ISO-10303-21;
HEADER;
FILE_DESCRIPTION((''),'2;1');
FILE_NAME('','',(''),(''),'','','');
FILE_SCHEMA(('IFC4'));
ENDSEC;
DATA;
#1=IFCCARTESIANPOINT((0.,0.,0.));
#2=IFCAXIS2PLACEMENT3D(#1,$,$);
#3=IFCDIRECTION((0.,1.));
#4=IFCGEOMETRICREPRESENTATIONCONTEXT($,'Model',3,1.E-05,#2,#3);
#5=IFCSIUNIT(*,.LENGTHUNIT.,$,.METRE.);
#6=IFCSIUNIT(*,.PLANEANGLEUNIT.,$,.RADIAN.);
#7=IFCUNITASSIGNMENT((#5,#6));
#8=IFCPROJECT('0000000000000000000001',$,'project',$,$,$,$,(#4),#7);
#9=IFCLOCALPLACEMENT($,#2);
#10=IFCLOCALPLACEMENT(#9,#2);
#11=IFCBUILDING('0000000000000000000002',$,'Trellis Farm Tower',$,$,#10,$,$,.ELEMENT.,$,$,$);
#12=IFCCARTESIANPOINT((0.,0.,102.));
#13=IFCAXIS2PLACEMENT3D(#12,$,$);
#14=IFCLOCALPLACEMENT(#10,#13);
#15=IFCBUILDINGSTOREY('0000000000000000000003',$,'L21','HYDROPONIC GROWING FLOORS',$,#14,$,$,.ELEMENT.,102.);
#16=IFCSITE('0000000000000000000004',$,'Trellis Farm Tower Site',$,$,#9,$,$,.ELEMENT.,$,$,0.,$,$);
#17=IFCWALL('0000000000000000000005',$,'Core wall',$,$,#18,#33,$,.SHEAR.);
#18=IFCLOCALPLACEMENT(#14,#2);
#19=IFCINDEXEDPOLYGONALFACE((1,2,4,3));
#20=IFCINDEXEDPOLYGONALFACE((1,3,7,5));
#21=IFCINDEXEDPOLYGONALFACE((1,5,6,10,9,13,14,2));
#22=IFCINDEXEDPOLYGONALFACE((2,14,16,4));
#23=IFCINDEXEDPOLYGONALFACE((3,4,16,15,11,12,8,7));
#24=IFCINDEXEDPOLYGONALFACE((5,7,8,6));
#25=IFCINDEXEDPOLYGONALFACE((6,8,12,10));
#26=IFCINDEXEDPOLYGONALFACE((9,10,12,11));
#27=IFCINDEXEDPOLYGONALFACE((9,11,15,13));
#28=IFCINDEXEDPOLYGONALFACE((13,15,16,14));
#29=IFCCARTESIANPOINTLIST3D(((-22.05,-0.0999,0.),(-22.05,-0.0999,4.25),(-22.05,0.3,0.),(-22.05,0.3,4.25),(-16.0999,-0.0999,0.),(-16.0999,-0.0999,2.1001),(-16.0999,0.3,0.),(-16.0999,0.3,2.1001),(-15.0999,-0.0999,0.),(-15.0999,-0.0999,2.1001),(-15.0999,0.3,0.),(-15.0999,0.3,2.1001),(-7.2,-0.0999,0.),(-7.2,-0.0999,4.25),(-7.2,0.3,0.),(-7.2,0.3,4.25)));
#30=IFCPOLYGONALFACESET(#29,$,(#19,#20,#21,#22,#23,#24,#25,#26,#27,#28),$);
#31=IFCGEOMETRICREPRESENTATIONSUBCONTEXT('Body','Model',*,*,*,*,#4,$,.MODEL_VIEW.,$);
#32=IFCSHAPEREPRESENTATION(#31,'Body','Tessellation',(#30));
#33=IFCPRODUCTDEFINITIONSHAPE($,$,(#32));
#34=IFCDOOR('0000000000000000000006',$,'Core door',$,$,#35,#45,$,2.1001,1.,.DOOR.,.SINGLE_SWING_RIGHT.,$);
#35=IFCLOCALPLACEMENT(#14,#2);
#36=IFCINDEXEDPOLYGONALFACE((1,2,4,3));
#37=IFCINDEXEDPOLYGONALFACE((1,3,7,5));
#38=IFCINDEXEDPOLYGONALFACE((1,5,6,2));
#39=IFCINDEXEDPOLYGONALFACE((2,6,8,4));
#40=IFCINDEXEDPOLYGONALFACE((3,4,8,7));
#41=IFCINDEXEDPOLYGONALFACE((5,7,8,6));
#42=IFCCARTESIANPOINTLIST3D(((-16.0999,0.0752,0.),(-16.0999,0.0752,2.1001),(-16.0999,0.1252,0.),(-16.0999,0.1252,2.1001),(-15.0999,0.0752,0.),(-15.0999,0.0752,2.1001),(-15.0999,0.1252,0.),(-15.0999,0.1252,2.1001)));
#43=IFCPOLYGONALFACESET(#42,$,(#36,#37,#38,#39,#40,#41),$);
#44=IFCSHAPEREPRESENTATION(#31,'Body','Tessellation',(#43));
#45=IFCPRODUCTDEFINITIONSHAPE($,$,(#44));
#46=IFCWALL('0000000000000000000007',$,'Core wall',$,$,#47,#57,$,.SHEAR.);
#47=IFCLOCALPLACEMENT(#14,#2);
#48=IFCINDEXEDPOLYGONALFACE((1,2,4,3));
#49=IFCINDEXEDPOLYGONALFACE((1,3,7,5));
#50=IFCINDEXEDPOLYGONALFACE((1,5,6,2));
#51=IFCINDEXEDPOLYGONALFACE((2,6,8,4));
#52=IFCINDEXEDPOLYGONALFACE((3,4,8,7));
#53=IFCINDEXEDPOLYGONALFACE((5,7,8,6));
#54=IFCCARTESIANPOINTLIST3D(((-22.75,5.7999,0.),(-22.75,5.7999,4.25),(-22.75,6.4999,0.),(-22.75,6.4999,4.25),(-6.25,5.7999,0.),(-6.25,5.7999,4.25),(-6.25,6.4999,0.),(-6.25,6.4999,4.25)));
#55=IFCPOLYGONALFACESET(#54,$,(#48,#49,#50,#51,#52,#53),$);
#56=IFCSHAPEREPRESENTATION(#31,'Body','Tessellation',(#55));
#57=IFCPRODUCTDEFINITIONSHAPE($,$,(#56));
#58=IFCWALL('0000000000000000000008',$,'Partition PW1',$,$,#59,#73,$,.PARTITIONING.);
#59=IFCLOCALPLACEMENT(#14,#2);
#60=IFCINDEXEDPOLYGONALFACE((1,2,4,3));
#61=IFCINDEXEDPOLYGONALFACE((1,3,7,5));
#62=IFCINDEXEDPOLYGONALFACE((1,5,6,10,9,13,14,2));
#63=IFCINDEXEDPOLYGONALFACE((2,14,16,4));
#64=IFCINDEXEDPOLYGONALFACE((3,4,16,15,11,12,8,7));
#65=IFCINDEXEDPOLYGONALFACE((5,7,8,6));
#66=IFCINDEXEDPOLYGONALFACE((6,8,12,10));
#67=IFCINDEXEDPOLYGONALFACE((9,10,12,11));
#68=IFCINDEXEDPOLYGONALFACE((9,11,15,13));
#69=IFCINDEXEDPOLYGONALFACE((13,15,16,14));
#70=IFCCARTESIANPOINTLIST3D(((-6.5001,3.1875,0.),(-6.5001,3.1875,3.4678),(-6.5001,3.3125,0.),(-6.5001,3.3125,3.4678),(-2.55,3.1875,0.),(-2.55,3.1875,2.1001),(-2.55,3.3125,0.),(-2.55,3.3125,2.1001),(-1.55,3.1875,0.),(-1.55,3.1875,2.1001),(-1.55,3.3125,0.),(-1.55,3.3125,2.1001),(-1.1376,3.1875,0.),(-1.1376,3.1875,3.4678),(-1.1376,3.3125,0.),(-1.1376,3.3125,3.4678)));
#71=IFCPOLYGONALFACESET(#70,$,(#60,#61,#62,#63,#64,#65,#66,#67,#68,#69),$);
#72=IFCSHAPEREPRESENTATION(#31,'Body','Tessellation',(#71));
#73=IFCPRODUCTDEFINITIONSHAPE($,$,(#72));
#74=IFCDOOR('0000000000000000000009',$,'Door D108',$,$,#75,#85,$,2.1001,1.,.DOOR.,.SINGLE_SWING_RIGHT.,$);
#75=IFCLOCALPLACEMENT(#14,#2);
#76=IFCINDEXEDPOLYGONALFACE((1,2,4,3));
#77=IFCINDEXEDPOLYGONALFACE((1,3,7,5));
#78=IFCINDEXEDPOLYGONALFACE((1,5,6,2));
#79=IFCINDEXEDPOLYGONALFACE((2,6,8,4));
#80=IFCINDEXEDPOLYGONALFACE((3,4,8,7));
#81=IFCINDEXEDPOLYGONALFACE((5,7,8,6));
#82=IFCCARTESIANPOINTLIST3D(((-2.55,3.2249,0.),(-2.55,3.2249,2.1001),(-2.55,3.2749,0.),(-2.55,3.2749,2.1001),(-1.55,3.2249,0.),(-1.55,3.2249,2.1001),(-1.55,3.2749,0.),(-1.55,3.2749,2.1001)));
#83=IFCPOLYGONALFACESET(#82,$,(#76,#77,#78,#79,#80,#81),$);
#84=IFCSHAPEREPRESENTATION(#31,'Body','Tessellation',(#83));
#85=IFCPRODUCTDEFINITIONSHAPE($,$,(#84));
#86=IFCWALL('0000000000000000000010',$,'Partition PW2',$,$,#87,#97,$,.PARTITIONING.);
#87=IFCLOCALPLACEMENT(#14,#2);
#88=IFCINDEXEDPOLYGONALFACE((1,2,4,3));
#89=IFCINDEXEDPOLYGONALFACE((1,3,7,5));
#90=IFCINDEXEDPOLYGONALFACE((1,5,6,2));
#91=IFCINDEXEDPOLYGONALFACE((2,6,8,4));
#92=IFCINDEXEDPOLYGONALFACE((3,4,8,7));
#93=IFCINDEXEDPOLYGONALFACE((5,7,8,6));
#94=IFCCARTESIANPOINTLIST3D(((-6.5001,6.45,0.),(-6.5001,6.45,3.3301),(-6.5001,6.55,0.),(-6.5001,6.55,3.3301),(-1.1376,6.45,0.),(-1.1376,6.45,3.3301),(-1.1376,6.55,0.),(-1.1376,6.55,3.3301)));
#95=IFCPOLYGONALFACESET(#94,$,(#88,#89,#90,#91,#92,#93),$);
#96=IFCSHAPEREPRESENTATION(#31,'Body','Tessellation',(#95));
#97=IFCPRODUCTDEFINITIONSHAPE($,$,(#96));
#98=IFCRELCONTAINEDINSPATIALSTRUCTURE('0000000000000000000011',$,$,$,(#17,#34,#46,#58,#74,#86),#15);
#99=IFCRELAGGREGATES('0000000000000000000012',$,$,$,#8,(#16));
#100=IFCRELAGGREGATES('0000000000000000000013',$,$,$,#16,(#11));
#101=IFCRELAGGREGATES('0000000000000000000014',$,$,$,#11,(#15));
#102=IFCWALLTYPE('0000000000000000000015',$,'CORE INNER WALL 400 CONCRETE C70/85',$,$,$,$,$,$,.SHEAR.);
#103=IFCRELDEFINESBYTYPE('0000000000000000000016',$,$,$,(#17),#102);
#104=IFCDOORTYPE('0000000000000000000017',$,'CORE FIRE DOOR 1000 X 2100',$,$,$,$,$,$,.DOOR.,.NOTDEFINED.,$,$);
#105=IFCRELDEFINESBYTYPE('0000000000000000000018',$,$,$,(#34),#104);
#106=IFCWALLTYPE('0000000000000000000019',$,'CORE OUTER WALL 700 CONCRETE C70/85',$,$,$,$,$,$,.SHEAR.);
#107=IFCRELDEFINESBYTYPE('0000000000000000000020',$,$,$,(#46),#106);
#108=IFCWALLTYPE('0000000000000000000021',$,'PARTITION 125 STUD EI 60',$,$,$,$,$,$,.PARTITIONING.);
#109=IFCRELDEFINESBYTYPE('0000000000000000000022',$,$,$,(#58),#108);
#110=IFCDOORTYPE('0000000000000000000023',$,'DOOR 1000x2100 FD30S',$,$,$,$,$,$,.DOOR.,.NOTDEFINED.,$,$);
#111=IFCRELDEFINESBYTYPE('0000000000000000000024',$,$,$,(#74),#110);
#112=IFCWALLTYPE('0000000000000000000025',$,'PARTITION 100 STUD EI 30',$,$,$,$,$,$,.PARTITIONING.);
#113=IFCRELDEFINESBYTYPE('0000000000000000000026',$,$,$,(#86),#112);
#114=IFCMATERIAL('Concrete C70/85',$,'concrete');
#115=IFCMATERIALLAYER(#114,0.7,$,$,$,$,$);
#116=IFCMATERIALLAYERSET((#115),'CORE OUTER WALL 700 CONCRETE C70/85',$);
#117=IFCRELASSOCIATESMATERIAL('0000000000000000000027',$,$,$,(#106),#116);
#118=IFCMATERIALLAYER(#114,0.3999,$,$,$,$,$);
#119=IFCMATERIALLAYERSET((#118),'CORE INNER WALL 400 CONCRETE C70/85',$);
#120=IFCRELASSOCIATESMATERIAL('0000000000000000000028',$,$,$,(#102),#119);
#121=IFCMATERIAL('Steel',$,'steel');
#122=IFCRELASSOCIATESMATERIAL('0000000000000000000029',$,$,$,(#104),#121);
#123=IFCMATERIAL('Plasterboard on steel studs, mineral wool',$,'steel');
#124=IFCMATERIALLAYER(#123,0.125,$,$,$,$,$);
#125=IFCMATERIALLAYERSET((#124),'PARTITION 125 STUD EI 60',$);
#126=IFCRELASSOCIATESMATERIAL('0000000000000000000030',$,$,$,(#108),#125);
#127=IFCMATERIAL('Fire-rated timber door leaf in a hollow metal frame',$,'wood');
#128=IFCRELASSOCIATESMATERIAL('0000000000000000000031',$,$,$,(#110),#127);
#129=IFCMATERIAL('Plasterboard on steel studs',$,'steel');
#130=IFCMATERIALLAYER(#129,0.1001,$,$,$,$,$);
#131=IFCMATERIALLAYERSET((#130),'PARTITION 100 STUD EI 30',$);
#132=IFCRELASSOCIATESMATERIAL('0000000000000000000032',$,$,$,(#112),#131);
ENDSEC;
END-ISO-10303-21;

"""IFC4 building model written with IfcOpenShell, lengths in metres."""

from ifc_helpers import new_model, si_unit, direction, frame, frame_2d, origin, place, context, subcontext, project, spatial, rectangle, extrude, source, transform, mapped, material, layer, layer_set, type_object, element, fill, save


model = new_model("IFC4")

# Units and contexts
model_context = context("Model", 3, precision=1e-05, world=origin(), true_north=direction((0.0, 1.0)))
body_context = subcontext(model_context, "Body", "Model", "MODEL_VIEW")
ifc_project = project(units=[si_unit("LENGTHUNIT", "METRE"), si_unit("PLANEANGLEUNIT", "RADIAN")], contexts=[model_context])

# Site, building, storey
site_placement = place(None, origin())
site = spatial("IfcSite", under=ifc_project, at=site_placement, Name="Trellis Farm Tower Site", CompositionType="ELEMENT", RefElevation=0.0)
building_placement = place(site_placement, origin())
building = spatial("IfcBuilding", under=site, at=building_placement, Name="Trellis Farm Tower", CompositionType="ELEMENT")
storey_placement = place(building_placement, frame((0.0, 0.0, 102.0)))
storey = spatial("IfcBuildingStorey", under=building, at=storey_placement, Name="L21", Description="HYDROPONIC GROWING FLOORS", CompositionType="ELEMENT", Elevation=102.0)

# Shared definitions
ifc_material_1 = material(Name="Concrete C70/85", Category="concrete")
ifc_layer_1 = layer(ifc_material_1, 0.7)
ifc_layer_set_1 = layer_set([ifc_layer_1], Name="CORE OUTER WALL 700 CONCRETE C70/85")
wall_type_1 = type_object("IfcWallType", Name="CORE OUTER WALL 700 CONCRETE C70/85", PredefinedType="SHEAR", material=ifc_layer_set_1)
ifc_material_2 = material(Name="Steel", Category="steel")

# Shared definitions
ifc_layer_2 = layer(ifc_material_1, 0.3999)
ifc_layer_set_2 = layer_set([ifc_layer_2], Name="CORE INNER WALL 400 CONCRETE C70/85")
wall_type_2 = type_object("IfcWallType", Name="CORE INNER WALL 400 CONCRETE C70/85", PredefinedType="SHEAR", material=ifc_layer_set_2)

# Wall, opening, door
shared_shape_1 = source(origin(), body_context, "Body", "SweptSolid", [
    extrude(rectangle(XDim=14.8501, YDim=0.3999, at=frame_2d((7.425, 0.0))), origin(), (0.0, 0.0, 1.0), 4.25),
])
wall_1_placement = place(storey_placement, frame((-7.2, 0.1001, 0.0), z_axis=(0.0, 0.0, 1.0), x_axis=(-1.0, 0.0, 0.0)))
wall_1 = element("IfcWall", 1, at=wall_1_placement, inside=storey, type_object=wall_type_2, Name="Core wall", PredefinedType="SHEAR", context=body_context, shape_type="MappedRepresentation", body=[
    mapped(shared_shape_1, transform((0.0, 0.0, 0.0))),
])
shared_shape_2 = source(origin(), body_context, "Body", "SweptSolid", [
    extrude(rectangle(XDim=1.0, YDim=2.1001, at=frame_2d((0.5, 1.05))), frame((0.0, 0.21, 0.0), z_axis=(0.0, -1.0, 0.0), x_axis=(1.0, 0.0, 0.0)), (0.0, 0.0, 1.0), 0.4199),
])
opening_1_placement = place(wall_1_placement, frame((7.8999, 0.0, 0.0)))
opening_1 = element("IfcOpeningElement", 2, at=opening_1_placement, cuts=wall_1, PredefinedType="OPENING", context=body_context, shape_type="MappedRepresentation", body=[
    mapped(shared_shape_2, transform((0.0, 0.0, 0.0))),
])
door_type_1 = type_object("IfcDoorType", Name="CORE FIRE DOOR 1000 X 2100", OperationType="NOTDEFINED", PredefinedType="DOOR", material=ifc_material_2)
shared_shape_3 = source(origin(), body_context, "Body", "SweptSolid", [
    extrude(rectangle(XDim=1.0, YDim=2.1001, at=frame_2d((0.5, 1.05))), frame((0.0, 0.0249, 0.0), z_axis=(0.0, -1.0, 0.0), x_axis=(1.0, 0.0, 0.0)), (0.0, 0.0, 1.0), 0.05),
])
door_1_placement = place(opening_1_placement, origin())
door_1 = element("IfcDoor", 3, at=door_1_placement, inside=storey, type_object=door_type_1, Name="Core door", OperationType="SINGLE_SWING_RIGHT", OverallHeight=2.1001, OverallWidth=1.0, PredefinedType="DOOR", context=body_context, shape_type="MappedRepresentation", body=[
    mapped(shared_shape_3, transform((0.0, 0.0, 0.0))),
])
fill(opening_1, door_1)

# Wall
shared_shape_4 = source(origin(), body_context, "Body", "SweptSolid", [
    extrude(rectangle(XDim=16.5, YDim=0.7, at=frame_2d((8.25, 0.0))), origin(), (0.0, 0.0, 1.0), 4.25),
])
wall_2_placement = place(storey_placement, frame((-6.25, 6.1499, 0.0), z_axis=(0.0, 0.0, 1.0), x_axis=(-1.0, 0.0, 0.0)))
element("IfcWall", 4, at=wall_2_placement, inside=storey, type_object=wall_type_1, Name="Core wall", PredefinedType="SHEAR", context=body_context, shape_type="MappedRepresentation", body=[
    mapped(shared_shape_4, transform((0.0, 0.0, 0.0))),
])

# Wall, opening, door
ifc_material_3 = material(Name="Plasterboard on steel studs, mineral wool", Category="steel")
ifc_layer_3 = layer(ifc_material_3, 0.125)
ifc_layer_set_3 = layer_set([ifc_layer_3], Name="PARTITION 125 STUD EI 60")
wall_type_3 = type_object("IfcWallType", Name="PARTITION 125 STUD EI 60", PredefinedType="PARTITIONING", material=ifc_layer_set_3)
shared_shape_5 = source(origin(), body_context, "Body", "SweptSolid", [
    extrude(rectangle(XDim=5.3625, YDim=0.125, at=frame_2d((2.6812, 0.0))), origin(), (0.0, 0.0, 1.0), 3.4678),
])
wall_3_placement = place(storey_placement, frame((-6.5, 3.25, 0.0), z_axis=(0.0, 0.0, 1.0), x_axis=(1.0, 0.0, 0.0)))
wall_3 = element("IfcWall", 5, at=wall_3_placement, inside=storey, type_object=wall_type_3, Name="Partition PW1", PredefinedType="PARTITIONING", context=body_context, shape_type="MappedRepresentation", body=[
    mapped(shared_shape_5, transform((0.0, 0.0, 0.0))),
])
shared_shape_6 = source(origin(), body_context, "Body", "SweptSolid", [
    extrude(rectangle(XDim=1.0, YDim=2.1001, at=frame_2d((0.5, 1.05))), frame((0.0, 0.0725, 0.0), z_axis=(0.0, -1.0, 0.0), x_axis=(1.0, 0.0, 0.0)), (0.0, 0.0, 1.0), 0.145),
])
opening_2_placement = place(wall_3_placement, frame((3.95, 0.0, 0.0)))
opening_2 = element("IfcOpeningElement", 6, at=opening_2_placement, cuts=wall_3, PredefinedType="OPENING", context=body_context, shape_type="MappedRepresentation", body=[
    mapped(shared_shape_6, transform((0.0, 0.0, 0.0))),
])
ifc_material_4 = material(Name="Fire-rated timber door leaf in a hollow metal frame", Category="wood")
door_type_2 = type_object("IfcDoorType", Name="DOOR 1000x2100 FD30S", OperationType="NOTDEFINED", PredefinedType="DOOR", material=ifc_material_4)
door_2_placement = place(opening_2_placement, origin())
door_2 = element("IfcDoor", 7, at=door_2_placement, inside=storey, type_object=door_type_2, Name="Door D108", OperationType="SINGLE_SWING_RIGHT", OverallHeight=2.1001, OverallWidth=1.0, PredefinedType="DOOR", context=body_context, shape_type="MappedRepresentation", body=[
    mapped(shared_shape_3, transform((0.0, 0.0, 0.0))),
])
fill(opening_2, door_2)

# Wall
ifc_material_5 = material(Name="Plasterboard on steel studs", Category="steel")
ifc_layer_4 = layer(ifc_material_5, 0.1001)
ifc_layer_set_4 = layer_set([ifc_layer_4], Name="PARTITION 100 STUD EI 30")
wall_type_4 = type_object("IfcWallType", Name="PARTITION 100 STUD EI 30", PredefinedType="PARTITIONING", material=ifc_layer_set_4)
shared_shape_7 = source(origin(), body_context, "Body", "SweptSolid", [
    extrude(rectangle(XDim=5.3625, YDim=0.1001, at=frame_2d((2.6812, 0.0))), origin(), (0.0, 0.0, 1.0), 3.3301),
])
wall_4_placement = place(storey_placement, frame((-6.5, 6.5, 0.0), z_axis=(0.0, 0.0, 1.0), x_axis=(1.0, 0.0, 0.0)))
element("IfcWall", 8, at=wall_4_placement, inside=storey, type_object=wall_type_4, Name="Partition PW2", PredefinedType="PARTITIONING", context=body_context, shape_type="MappedRepresentation", body=[
    mapped(shared_shape_7, transform((0.0, 0.0, 0.0))),
])

save(model, "model.ifc")
